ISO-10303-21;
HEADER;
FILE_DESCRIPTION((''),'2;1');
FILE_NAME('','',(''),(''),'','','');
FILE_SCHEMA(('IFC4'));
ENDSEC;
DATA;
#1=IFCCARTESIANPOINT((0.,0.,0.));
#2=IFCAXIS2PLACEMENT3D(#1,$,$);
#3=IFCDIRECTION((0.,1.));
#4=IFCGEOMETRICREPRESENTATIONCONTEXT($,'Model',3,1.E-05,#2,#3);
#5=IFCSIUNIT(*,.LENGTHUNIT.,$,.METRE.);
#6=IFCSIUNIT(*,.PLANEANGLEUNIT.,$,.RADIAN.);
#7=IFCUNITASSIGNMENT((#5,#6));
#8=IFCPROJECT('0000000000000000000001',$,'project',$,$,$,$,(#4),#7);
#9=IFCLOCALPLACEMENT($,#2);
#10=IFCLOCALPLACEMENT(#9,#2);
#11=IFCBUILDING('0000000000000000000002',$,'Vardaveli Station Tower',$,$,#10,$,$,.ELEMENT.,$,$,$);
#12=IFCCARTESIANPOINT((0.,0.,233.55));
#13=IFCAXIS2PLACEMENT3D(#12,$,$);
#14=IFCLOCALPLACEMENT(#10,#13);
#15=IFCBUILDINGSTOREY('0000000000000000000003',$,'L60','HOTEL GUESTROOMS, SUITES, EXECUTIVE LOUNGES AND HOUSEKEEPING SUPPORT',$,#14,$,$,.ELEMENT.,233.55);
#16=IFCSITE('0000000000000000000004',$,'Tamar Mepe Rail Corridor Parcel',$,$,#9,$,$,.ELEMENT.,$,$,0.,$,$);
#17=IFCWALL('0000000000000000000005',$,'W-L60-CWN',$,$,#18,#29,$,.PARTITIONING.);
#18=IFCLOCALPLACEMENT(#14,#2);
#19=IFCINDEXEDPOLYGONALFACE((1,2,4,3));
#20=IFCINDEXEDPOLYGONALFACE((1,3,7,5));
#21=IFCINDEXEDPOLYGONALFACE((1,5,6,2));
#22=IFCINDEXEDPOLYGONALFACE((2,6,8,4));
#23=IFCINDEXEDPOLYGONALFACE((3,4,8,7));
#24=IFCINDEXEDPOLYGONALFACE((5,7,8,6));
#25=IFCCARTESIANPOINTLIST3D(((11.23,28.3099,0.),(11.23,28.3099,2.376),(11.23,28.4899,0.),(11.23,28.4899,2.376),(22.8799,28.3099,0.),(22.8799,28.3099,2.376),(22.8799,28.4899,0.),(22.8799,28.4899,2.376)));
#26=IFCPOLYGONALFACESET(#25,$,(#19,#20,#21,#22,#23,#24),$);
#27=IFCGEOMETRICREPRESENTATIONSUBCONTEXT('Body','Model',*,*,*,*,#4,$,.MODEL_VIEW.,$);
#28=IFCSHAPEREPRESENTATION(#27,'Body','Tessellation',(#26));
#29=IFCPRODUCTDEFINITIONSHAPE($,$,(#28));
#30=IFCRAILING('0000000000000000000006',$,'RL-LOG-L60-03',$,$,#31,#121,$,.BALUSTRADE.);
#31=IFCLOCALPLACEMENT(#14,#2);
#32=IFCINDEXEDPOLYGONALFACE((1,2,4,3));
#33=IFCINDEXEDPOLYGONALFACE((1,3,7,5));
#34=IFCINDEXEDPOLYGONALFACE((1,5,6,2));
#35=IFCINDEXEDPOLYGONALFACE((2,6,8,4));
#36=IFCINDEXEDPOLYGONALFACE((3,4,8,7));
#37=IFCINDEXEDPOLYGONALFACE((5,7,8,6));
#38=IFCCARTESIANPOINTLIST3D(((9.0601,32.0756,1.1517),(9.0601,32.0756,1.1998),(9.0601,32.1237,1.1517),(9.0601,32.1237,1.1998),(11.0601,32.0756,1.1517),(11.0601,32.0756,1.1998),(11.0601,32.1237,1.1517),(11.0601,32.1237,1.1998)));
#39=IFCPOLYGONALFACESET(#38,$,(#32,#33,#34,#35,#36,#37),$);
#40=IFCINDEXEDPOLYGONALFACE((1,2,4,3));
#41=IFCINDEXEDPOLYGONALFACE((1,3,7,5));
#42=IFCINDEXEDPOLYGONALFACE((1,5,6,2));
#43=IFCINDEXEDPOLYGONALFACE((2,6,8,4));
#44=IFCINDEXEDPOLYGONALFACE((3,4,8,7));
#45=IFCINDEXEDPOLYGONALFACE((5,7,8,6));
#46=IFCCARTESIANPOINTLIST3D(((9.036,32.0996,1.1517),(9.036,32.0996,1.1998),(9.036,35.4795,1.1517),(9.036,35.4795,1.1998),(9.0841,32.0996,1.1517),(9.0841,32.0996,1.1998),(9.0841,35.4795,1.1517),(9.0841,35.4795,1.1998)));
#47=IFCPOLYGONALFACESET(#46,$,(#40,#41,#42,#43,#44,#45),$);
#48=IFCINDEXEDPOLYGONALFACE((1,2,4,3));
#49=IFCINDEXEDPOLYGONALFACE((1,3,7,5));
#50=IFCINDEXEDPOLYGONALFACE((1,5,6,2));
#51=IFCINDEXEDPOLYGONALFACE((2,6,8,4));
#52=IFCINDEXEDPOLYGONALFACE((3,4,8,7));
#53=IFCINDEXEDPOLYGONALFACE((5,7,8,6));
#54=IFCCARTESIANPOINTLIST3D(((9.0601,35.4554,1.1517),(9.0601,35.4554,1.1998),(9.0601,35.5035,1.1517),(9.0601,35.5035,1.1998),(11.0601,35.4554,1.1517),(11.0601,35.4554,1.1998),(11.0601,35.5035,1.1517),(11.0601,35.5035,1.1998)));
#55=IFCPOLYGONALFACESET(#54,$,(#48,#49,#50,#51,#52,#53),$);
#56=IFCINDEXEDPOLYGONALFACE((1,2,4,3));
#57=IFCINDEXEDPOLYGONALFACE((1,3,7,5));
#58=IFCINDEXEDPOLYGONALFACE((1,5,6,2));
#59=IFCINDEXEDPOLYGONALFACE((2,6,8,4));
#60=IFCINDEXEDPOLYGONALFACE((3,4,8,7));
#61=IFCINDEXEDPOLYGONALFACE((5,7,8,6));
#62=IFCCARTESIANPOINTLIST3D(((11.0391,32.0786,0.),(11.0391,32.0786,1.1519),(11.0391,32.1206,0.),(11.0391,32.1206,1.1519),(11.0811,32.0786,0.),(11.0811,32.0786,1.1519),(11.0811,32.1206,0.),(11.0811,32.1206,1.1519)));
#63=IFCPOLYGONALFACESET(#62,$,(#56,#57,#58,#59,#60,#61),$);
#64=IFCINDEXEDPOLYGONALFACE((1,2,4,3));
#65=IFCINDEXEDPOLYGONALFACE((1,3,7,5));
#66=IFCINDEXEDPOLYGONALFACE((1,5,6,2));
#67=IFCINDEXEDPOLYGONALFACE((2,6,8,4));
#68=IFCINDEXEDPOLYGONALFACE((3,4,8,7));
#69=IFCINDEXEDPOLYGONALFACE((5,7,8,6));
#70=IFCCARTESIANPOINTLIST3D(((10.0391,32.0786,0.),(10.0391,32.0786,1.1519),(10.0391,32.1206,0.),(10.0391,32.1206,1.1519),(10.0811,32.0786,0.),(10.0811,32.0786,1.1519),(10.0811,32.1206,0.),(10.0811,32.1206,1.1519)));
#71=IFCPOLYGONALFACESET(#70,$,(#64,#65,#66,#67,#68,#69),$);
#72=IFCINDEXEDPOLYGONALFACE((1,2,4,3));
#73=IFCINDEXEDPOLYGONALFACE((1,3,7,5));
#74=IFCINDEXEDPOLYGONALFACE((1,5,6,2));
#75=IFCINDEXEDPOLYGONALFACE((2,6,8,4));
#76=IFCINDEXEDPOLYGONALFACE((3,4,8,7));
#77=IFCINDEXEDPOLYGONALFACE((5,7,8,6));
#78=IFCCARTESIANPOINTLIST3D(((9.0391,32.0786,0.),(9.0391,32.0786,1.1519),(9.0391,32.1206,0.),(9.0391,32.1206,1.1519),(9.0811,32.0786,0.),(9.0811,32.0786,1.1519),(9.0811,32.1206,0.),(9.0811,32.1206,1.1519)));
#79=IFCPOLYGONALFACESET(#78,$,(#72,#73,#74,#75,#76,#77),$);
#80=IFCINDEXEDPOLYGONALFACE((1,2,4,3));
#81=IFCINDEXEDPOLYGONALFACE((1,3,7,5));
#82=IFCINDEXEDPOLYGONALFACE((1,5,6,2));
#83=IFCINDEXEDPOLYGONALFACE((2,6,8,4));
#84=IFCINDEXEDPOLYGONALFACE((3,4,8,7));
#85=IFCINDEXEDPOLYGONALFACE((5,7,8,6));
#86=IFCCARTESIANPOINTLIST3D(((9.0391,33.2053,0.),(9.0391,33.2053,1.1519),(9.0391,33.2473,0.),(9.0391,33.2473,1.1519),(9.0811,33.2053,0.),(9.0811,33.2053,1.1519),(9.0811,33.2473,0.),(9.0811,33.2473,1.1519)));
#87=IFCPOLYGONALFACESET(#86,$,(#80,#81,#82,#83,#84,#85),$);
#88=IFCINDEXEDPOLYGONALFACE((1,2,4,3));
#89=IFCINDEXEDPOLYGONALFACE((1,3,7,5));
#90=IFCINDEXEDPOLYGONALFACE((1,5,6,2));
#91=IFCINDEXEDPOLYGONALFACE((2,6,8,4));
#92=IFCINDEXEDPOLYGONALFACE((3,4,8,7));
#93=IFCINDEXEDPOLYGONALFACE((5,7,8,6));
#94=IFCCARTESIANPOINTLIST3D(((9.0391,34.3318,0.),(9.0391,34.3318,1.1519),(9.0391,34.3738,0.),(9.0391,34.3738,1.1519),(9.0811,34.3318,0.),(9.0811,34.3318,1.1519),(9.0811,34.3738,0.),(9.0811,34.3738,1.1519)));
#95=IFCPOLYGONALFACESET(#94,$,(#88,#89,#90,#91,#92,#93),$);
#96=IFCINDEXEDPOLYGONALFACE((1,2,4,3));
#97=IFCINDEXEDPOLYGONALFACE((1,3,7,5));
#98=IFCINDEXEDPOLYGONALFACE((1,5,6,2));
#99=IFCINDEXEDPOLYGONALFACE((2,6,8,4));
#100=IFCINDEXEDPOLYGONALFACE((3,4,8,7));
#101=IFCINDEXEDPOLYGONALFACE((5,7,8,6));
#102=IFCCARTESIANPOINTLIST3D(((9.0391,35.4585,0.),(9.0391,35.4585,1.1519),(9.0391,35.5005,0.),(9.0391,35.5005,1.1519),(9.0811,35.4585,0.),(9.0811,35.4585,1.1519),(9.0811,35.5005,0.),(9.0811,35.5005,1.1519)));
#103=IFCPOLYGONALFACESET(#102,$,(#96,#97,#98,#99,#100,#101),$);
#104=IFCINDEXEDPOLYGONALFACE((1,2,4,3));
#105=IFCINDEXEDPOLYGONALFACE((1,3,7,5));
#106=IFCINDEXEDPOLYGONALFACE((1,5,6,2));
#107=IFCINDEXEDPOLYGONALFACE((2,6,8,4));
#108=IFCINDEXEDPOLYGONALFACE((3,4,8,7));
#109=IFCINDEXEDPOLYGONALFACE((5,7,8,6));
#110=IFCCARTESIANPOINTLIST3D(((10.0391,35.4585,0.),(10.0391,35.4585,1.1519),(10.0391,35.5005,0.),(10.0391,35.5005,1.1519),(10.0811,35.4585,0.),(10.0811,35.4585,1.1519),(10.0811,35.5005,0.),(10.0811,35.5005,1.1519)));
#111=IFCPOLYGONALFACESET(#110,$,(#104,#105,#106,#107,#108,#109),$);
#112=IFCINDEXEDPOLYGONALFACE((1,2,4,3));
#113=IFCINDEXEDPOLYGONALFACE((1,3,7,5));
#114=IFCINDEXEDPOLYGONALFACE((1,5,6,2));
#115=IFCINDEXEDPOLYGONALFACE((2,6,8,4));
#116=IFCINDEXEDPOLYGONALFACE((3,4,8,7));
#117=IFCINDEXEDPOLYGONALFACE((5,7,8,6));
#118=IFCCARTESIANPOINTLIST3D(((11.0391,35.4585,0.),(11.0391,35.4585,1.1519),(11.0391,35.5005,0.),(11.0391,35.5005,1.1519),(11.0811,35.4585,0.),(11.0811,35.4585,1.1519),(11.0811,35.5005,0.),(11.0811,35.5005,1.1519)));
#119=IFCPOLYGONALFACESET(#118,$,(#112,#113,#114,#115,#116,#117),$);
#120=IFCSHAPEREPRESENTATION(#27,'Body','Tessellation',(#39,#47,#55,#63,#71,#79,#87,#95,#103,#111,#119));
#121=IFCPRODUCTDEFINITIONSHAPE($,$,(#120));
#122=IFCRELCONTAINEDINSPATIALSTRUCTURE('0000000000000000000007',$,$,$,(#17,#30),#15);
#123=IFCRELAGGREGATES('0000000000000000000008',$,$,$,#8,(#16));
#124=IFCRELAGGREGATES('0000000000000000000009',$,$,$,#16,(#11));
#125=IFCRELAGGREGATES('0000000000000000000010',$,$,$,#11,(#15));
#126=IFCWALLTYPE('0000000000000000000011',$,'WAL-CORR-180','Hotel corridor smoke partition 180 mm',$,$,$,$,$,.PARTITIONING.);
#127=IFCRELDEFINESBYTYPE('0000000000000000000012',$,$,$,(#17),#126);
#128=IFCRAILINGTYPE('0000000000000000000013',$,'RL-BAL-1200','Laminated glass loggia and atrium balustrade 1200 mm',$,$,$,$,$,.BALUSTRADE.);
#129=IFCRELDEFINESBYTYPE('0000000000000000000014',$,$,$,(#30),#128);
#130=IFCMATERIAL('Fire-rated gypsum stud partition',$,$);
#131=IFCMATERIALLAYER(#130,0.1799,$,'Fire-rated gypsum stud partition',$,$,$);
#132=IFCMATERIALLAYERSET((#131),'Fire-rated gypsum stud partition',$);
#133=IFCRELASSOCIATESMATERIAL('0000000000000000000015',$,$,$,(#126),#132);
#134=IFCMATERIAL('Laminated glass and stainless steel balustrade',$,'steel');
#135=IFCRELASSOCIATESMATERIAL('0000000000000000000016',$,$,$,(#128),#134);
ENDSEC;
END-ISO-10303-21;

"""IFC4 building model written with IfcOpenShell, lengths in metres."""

from ifc_helpers import new_model, si_unit, direction, frame, frame_2d, origin, origin_2d, place, context, subcontext, project, spatial, rectangle, extrude, source, transform, mapped, material, layer, layer_set, type_object, element, save


model = new_model("IFC4")

# Units and contexts
model_context = context("Model", 3, precision=1e-05, world=origin(), true_north=direction((0.0, 1.0)))
body_context = subcontext(model_context, "Body", "Model", "MODEL_VIEW")
ifc_project = project(units=[si_unit("LENGTHUNIT", "METRE"), si_unit("PLANEANGLEUNIT", "RADIAN")], contexts=[model_context])

# Site, building, storey
site_placement = place(None, origin())
site = spatial("IfcSite", under=ifc_project, at=site_placement, Name="Tamar Mepe Rail Corridor Parcel", CompositionType="ELEMENT", RefElevation=0.0)
building_placement = place(site_placement, origin())
building = spatial("IfcBuilding", under=site, at=building_placement, Name="Vardaveli Station Tower", CompositionType="ELEMENT")
storey_placement = place(building_placement, frame((0.0, 0.0, 233.55)))
storey = spatial("IfcBuildingStorey", under=building, at=storey_placement, Name="L60", Description="HOTEL GUESTROOMS, SUITES, EXECUTIVE LOUNGES AND HOUSEKEEPING SUPPORT", CompositionType="ELEMENT", Elevation=233.55)

# Shared definitions
ifc_material_1 = material(Name="Fire-rated gypsum stud partition")
ifc_layer_1 = layer(ifc_material_1, 0.1799, Name="Fire-rated gypsum stud partition")
ifc_layer_set_1 = layer_set([ifc_layer_1], Name="Fire-rated gypsum stud partition")
wall_type = type_object("IfcWallType", Name="WAL-CORR-180", Description="Hotel corridor smoke partition 180 mm", PredefinedType="PARTITIONING", material=ifc_layer_set_1)

# Wall
shared_shape_1 = source(origin(), body_context, "Body", "SweptSolid", [
    extrude(rectangle(XDim=11.6499, YDim=0.1799, at=frame_2d((5.825, 0.0))), origin(), (0.0, 0.0, 1.0), 2.376),
])
wall_1_placement = place(storey_placement, frame((11.23, 28.3999, 0.0), z_axis=(0.0, 0.0, 1.0), x_axis=(1.0, 0.0, 0.0)))
element("IfcWall", 1, at=wall_1_placement, inside=storey, type_object=wall_type, Name="W-L60-CWN", PredefinedType="PARTITIONING", context=body_context, shape_type="MappedRepresentation", body=[
    mapped(shared_shape_1, transform((0.0, 0.0, 0.0), scale=1.0)),
])

# Railing
ifc_material_2 = material(Name="Laminated glass and stainless steel balustrade", Category="steel")
railing_type = type_object("IfcRailingType", Name="RL-BAL-1200", Description="Laminated glass loggia and atrium balustrade 1200 mm", PredefinedType="BALUSTRADE", material=ifc_material_2)
shared_shape_2 = source(origin(), body_context, "Body", "SweptSolid", [
    extrude(rectangle(XDim=0.0481, YDim=0.0481, at=origin_2d()), frame((0.0, 0.0, 1.1758), z_axis=(-1.0, 0.0, 0.0), x_axis=(0.0, -1.0, 0.0)), (0.0, 0.0, 1.0), 2.0),
    extrude(rectangle(XDim=0.0481, YDim=0.0481, at=origin_2d()), frame((-2.0, 0.0, 1.1758), z_axis=(0.0, 1.0, 0.0), x_axis=(-1.0, 0.0, 0.0)), (0.0, 0.0, 1.0), 3.3799),
    extrude(rectangle(XDim=0.0481, YDim=0.0481, at=origin_2d()), frame((-2.0, 3.3799, 1.1758), z_axis=(1.0, 0.0, 0.0), x_axis=(0.0, 1.0, 0.0)), (0.0, 0.0, 1.0), 2.0),
    extrude(rectangle(XDim=0.042, YDim=0.042, at=origin_2d()), origin(), (0.0, 0.0, 1.0), 1.1519),
    extrude(rectangle(XDim=0.042, YDim=0.042, at=origin_2d()), frame((-1.0, 0.0, 0.0)), (0.0, 0.0, 1.0), 1.1519),
    extrude(rectangle(XDim=0.042, YDim=0.042, at=origin_2d()), frame((-2.0, 0.0, 0.0)), (0.0, 0.0, 1.0), 1.1519),
    extrude(rectangle(XDim=0.042, YDim=0.042, at=origin_2d()), frame((-2.0, 1.1267, 0.0)), (0.0, 0.0, 1.0), 1.1519),
    extrude(rectangle(XDim=0.042, YDim=0.042, at=origin_2d()), frame((-2.0, 2.2532, 0.0)), (0.0, 0.0, 1.0), 1.1519),
    extrude(rectangle(XDim=0.042, YDim=0.042, at=origin_2d()), frame((-2.0, 3.3799, 0.0)), (0.0, 0.0, 1.0), 1.1519),
    extrude(rectangle(XDim=0.042, YDim=0.042, at=origin_2d()), frame((-1.0, 3.3799, 0.0)), (0.0, 0.0, 1.0), 1.1519),
    extrude(rectangle(XDim=0.042, YDim=0.042, at=origin_2d()), frame((0.0, 3.3799, 0.0)), (0.0, 0.0, 1.0), 1.1519),
])
railing_placement = place(storey_placement, frame((11.0601, 32.0996, 0.0)))
element("IfcRailing", 2, at=railing_placement, inside=storey, type_object=railing_type, Name="RL-LOG-L60-03", PredefinedType="BALUSTRADE", context=body_context, shape_type="MappedRepresentation", body=[
    mapped(shared_shape_2, transform((0.0, 0.0, 0.0), scale=1.0)),
])

save(model, "model.ifc")
